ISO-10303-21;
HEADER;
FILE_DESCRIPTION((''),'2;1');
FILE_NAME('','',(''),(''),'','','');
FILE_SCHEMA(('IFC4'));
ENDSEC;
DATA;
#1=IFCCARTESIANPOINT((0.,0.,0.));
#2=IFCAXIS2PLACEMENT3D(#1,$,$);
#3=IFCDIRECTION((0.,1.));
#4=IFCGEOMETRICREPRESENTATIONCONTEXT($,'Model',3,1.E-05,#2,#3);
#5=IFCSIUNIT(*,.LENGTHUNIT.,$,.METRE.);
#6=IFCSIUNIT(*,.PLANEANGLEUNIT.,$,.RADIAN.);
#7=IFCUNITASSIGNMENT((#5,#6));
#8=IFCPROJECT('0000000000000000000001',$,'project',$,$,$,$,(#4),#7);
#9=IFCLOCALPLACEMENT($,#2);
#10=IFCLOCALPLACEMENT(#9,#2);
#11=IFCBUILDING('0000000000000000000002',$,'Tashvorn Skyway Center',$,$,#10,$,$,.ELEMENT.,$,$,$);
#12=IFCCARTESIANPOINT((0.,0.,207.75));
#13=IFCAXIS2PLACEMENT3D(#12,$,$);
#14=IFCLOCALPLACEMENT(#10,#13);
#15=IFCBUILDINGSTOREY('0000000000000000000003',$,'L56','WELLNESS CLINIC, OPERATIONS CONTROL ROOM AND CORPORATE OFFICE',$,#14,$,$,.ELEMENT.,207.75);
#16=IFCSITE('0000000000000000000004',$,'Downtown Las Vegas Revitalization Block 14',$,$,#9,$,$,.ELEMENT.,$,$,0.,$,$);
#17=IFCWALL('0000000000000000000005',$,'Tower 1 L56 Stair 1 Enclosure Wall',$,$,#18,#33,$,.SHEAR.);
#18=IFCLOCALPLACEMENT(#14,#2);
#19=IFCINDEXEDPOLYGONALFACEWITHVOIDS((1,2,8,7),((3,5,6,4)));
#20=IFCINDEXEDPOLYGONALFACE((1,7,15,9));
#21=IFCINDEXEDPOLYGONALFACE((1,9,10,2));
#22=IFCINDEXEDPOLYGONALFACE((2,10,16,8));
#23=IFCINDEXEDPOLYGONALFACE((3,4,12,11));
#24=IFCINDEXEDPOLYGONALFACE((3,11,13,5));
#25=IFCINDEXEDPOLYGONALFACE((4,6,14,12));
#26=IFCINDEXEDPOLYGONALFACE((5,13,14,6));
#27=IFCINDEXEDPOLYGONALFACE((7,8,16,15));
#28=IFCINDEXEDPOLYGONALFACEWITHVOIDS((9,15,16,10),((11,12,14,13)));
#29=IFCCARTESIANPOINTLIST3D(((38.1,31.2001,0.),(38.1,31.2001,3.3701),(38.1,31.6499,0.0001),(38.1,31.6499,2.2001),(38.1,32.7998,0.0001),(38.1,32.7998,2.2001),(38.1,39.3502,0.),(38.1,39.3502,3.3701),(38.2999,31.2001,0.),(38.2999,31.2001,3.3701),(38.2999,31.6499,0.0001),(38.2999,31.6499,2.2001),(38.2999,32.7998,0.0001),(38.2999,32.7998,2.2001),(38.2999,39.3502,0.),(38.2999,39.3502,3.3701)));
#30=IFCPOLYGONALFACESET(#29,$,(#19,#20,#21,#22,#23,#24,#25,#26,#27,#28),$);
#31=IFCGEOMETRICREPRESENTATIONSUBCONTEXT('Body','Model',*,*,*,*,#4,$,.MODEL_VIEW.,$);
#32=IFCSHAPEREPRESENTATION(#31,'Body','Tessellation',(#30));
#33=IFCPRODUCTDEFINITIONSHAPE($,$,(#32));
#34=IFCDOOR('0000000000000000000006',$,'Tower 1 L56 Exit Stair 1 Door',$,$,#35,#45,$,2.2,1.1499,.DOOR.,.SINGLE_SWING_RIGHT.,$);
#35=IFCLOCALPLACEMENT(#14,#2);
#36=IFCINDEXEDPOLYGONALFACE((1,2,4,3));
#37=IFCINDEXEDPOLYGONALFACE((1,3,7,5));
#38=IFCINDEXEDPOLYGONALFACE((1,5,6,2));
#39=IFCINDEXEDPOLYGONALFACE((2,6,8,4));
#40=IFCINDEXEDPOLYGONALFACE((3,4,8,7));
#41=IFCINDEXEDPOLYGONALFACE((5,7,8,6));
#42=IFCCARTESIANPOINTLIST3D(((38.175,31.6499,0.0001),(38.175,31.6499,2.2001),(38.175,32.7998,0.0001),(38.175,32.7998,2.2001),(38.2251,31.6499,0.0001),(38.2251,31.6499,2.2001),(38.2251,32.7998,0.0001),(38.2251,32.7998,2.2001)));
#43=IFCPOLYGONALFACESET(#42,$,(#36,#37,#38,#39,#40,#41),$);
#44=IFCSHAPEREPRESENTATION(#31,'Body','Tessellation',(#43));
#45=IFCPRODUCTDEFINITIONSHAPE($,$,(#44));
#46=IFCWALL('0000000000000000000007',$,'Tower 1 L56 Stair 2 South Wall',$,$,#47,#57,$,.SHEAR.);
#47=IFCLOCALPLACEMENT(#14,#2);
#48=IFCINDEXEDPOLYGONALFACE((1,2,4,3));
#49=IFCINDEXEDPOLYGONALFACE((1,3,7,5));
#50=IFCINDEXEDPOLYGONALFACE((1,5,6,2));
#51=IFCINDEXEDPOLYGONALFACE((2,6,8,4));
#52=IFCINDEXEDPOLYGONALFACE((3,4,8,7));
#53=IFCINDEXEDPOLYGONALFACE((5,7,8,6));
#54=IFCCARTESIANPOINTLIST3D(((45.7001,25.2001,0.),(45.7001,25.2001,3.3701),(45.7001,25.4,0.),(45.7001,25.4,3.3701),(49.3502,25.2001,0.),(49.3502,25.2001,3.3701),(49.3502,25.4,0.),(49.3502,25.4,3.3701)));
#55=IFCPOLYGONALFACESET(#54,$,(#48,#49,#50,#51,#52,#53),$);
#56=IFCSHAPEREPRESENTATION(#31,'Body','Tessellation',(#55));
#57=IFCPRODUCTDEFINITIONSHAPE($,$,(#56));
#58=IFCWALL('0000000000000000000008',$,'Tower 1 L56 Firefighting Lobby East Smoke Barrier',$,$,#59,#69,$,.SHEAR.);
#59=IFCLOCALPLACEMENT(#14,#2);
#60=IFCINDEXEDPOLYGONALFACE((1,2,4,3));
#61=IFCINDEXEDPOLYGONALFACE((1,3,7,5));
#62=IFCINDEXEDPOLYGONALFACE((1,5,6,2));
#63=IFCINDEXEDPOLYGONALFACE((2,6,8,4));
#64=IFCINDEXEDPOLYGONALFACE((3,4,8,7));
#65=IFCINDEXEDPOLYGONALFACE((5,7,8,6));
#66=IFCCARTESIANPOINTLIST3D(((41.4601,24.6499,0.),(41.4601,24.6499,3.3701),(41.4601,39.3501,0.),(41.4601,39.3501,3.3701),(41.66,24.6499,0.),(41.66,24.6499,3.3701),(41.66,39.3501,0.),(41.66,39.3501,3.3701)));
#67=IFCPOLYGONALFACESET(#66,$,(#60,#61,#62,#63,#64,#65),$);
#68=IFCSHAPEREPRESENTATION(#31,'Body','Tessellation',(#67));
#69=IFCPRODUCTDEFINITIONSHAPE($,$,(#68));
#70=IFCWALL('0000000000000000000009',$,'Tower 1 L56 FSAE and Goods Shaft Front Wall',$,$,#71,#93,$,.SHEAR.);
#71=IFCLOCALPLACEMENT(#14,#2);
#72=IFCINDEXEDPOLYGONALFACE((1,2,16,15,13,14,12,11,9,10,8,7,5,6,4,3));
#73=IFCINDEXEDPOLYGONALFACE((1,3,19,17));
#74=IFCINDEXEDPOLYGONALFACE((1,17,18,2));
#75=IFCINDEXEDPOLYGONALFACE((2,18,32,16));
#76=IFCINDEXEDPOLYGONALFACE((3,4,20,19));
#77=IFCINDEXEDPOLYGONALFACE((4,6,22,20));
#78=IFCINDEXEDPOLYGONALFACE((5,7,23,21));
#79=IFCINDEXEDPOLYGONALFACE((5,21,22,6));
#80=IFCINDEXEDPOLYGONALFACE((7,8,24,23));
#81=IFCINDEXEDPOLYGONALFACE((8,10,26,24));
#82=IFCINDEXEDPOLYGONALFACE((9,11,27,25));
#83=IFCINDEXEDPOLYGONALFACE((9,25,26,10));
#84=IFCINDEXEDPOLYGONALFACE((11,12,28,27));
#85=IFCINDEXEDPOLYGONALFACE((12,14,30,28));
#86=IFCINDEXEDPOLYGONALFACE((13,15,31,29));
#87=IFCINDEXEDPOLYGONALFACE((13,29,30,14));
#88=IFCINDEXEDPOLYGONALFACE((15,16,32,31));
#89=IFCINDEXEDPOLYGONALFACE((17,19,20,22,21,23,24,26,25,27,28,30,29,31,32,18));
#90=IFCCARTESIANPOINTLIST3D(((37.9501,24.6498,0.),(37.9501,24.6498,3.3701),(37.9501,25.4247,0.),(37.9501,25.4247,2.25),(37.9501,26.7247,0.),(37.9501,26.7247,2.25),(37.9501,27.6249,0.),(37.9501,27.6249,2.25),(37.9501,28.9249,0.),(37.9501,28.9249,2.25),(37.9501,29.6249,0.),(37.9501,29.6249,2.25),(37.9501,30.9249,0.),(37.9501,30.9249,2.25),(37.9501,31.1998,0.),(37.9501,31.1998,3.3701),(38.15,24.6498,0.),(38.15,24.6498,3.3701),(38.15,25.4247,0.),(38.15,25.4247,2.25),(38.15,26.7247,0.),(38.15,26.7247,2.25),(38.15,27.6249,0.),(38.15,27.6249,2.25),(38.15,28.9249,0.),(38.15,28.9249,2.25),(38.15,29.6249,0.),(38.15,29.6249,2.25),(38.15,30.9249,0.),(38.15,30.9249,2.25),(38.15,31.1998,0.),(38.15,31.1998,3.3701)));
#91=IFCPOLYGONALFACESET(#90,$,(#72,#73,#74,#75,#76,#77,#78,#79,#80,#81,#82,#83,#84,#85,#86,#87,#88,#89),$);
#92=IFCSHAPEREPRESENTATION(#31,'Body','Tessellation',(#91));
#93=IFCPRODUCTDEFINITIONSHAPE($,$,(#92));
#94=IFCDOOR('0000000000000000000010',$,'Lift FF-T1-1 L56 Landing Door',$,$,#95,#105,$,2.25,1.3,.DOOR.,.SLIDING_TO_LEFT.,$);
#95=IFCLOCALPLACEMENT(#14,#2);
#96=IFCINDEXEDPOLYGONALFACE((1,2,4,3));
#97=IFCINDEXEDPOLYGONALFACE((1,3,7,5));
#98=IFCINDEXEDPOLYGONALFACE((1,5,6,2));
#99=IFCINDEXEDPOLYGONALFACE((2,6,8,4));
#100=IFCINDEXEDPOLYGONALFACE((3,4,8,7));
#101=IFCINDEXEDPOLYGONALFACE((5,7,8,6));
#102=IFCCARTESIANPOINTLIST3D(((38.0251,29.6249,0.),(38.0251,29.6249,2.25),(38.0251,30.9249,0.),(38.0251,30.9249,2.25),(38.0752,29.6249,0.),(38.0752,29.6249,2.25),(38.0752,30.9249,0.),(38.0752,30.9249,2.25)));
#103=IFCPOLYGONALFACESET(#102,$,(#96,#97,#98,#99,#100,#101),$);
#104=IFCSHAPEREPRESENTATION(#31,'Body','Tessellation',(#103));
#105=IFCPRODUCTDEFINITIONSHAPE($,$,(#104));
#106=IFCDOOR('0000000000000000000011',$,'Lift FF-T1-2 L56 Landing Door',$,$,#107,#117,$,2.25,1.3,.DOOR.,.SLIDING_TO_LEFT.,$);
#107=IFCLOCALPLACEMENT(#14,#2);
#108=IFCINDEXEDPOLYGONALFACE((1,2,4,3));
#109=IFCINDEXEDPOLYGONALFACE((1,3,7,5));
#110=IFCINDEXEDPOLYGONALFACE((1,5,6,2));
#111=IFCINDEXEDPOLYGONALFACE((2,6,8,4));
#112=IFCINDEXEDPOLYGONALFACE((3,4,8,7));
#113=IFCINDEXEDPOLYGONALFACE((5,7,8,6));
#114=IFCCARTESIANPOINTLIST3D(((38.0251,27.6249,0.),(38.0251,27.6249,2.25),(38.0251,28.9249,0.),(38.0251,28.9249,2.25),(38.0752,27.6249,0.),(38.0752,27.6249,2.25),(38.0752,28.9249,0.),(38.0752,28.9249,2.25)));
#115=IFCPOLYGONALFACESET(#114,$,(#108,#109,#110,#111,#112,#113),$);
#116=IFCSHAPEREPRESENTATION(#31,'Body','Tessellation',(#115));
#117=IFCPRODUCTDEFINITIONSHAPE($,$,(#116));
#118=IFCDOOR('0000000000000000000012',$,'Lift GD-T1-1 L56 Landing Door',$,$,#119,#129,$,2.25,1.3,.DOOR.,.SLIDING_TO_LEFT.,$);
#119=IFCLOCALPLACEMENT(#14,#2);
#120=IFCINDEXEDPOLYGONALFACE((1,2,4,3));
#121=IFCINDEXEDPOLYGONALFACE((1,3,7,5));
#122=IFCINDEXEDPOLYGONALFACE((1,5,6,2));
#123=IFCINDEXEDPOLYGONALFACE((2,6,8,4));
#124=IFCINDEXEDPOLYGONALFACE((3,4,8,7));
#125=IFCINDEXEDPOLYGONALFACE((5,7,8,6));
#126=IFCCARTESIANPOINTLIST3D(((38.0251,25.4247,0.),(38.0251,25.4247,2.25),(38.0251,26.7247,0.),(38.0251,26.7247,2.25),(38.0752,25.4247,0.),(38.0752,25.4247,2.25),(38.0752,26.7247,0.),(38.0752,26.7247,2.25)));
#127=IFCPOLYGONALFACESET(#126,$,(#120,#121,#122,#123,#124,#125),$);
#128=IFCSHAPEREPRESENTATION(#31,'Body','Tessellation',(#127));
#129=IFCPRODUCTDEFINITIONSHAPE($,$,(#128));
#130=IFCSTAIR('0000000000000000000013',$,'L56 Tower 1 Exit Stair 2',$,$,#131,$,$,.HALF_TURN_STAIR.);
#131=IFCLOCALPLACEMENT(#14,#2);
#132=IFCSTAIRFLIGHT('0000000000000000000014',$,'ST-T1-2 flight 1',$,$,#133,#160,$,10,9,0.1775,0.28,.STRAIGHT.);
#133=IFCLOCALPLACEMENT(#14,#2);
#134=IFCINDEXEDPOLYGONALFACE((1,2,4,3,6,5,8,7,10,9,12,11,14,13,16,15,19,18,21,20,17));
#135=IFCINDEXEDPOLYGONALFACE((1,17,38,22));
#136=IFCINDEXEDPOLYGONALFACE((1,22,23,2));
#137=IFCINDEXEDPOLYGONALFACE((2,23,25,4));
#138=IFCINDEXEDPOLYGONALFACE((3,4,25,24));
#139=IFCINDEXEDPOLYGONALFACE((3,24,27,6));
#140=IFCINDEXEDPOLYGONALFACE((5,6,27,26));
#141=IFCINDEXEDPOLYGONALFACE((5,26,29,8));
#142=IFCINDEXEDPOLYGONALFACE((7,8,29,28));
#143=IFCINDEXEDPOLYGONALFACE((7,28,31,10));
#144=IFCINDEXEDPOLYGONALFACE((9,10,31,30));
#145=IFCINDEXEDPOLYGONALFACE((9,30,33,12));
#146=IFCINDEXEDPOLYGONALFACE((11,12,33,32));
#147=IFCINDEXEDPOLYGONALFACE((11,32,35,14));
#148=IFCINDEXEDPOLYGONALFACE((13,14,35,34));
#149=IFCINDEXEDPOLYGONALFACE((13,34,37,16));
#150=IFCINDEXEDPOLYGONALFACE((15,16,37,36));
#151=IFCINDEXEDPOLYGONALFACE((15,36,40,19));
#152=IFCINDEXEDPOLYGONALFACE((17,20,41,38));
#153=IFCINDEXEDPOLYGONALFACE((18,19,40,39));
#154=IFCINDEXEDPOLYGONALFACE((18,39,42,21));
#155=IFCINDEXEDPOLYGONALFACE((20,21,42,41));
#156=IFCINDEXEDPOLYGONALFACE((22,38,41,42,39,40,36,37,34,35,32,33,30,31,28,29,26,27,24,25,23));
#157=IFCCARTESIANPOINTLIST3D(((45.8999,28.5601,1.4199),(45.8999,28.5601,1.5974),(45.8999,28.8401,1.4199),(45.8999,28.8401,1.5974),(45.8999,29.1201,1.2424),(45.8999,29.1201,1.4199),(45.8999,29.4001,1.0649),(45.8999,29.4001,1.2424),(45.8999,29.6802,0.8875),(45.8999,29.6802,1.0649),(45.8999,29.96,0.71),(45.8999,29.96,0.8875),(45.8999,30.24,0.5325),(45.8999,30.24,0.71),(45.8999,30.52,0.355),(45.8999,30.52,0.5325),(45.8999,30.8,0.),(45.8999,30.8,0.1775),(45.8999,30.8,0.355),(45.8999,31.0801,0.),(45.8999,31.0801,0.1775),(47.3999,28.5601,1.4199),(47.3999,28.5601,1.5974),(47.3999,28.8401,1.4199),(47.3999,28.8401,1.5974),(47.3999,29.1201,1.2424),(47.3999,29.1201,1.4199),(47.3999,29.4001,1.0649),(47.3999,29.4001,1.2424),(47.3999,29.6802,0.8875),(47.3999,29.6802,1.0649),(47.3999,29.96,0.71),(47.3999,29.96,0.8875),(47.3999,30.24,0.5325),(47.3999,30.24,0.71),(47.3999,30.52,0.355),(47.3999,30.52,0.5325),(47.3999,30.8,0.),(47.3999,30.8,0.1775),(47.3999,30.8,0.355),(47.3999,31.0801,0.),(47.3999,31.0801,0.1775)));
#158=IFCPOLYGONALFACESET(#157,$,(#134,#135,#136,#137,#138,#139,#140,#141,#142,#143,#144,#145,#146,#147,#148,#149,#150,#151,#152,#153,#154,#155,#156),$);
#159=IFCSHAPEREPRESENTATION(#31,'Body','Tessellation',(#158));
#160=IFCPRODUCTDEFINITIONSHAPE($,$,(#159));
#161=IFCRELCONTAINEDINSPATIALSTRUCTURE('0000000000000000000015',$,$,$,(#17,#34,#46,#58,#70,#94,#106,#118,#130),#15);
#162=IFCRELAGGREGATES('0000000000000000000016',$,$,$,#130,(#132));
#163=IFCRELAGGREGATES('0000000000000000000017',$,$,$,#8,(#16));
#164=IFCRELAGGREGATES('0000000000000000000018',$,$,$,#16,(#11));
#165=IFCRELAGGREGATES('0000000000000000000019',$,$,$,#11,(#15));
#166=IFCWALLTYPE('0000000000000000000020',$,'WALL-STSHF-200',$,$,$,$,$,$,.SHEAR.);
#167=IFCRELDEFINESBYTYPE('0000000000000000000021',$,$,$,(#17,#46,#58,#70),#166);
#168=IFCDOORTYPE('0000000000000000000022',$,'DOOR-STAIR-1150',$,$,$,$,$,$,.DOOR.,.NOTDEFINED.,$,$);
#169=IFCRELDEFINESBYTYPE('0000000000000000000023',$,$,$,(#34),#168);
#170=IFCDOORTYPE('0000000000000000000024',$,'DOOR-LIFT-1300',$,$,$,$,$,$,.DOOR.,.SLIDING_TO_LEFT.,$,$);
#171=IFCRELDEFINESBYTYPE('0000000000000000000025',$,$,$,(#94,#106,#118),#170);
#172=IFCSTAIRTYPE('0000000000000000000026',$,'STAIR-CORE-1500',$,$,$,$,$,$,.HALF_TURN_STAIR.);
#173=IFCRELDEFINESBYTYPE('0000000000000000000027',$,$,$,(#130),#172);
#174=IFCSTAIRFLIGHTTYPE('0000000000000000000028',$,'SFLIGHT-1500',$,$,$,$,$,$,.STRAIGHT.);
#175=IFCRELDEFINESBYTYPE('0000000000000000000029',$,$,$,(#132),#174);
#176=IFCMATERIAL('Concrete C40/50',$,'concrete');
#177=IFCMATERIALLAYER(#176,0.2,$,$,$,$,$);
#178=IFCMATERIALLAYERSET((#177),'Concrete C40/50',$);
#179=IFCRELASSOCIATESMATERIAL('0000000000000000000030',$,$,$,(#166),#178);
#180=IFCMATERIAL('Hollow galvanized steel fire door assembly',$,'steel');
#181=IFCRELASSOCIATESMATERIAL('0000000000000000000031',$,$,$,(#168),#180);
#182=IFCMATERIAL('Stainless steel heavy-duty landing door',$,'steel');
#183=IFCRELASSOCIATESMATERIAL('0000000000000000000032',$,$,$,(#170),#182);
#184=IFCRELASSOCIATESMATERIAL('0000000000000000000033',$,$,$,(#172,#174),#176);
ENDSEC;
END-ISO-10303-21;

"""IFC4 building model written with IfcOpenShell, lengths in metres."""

from ifc_helpers import new_model, si_unit, direction, frame, frame_2d, origin, place, context, subcontext, project, spatial, polyline, rectangle, outline, extrude, material, layer, layer_set, type_object, element, fill, aggregate, save


model = new_model("IFC4")

# Units and contexts
model_context = context("Model", 3, precision=1e-05, world=origin(), true_north=direction((0.0, 1.0)))
body_context = subcontext(model_context, "Body", "Model", "MODEL_VIEW")
ifc_project = project(units=[si_unit("LENGTHUNIT", "METRE"), si_unit("PLANEANGLEUNIT", "RADIAN")], contexts=[model_context])

# Site, building, storey
site_placement = place(None, origin())
site = spatial("IfcSite", under=ifc_project, at=site_placement, Name="Downtown Las Vegas Revitalization Block 14", CompositionType="ELEMENT", RefElevation=0.0)
building_placement = place(site_placement, origin())
building = spatial("IfcBuilding", under=site, at=building_placement, Name="Tashvorn Skyway Center", CompositionType="ELEMENT")
storey_placement = place(building_placement, frame((0.0, 0.0, 207.75)))
storey = spatial("IfcBuildingStorey", under=building, at=storey_placement, Name="L56", Description="WELLNESS CLINIC, OPERATIONS CONTROL ROOM AND CORPORATE OFFICE", CompositionType="ELEMENT", Elevation=207.75)

# Shared definitions
ifc_material_1 = material(Name="Concrete C40/50", Category="concrete")
ifc_material_2 = material(Name="Hollow galvanized steel fire door assembly", Category="steel")

# Wall, opening, door
ifc_layer_1 = layer(ifc_material_1, 0.2)
ifc_layer_set_1 = layer_set([ifc_layer_1], Name="Concrete C40/50")
wall_type_1 = type_object("IfcWallType", Name="WALL-STSHF-200", PredefinedType="SHEAR", material=ifc_layer_set_1)
wall_1_placement = place(storey_placement, frame((38.2, 31.2, 0.0), z_axis=(0.0, 0.0, 1.0), x_axis=(0.0, 1.0, 0.0)))
wall_1 = element("IfcWall", 1, at=wall_1_placement, inside=storey, type_object=wall_type_1, Name="Tower 1 L56 Stair 1 Enclosure Wall", PredefinedType="SHEAR", context=body_context, shape_type="SweptSolid", body=[
    extrude(rectangle(XDim=8.1501, YDim=0.2, at=frame_2d((4.0752, 0.0))), origin(), (0.0, 0.0, 1.0), 3.3701),
])
opening_1_placement = place(wall_1_placement, frame((0.45, 0.0, 0.0)))
opening_1 = element("IfcOpeningElement", 2, at=opening_1_placement, cuts=wall_1, PredefinedType="OPENING", context=body_context, shape_type="SweptSolid", body=[
    extrude(rectangle(XDim=1.1499, YDim=2.2, at=frame_2d((0.575, 1.1001))), frame((0.0, 0.1099, 0.0), z_axis=(0.0, -1.0, 0.0), x_axis=(1.0, 0.0, 0.0)), (0.0, 0.0, 1.0), 0.22),
])
door_type_1 = type_object("IfcDoorType", Name="DOOR-STAIR-1150", OperationType="NOTDEFINED", PredefinedType="DOOR", material=ifc_material_2)
door_1_placement = place(opening_1_placement, origin())
door_1 = element("IfcDoor", 3, at=door_1_placement, inside=storey, type_object=door_type_1, Name="Tower 1 L56 Exit Stair 1 Door", OperationType="SINGLE_SWING_RIGHT", OverallHeight=2.2, OverallWidth=1.1499, PredefinedType="DOOR", context=body_context, shape_type="SweptSolid", body=[
    extrude(rectangle(XDim=1.1499, YDim=2.2, at=frame_2d((0.575, 1.1001))), frame((0.0, 0.0249, 0.0), z_axis=(0.0, -1.0, 0.0), x_axis=(1.0, 0.0, 0.0)), (0.0, 0.0, 1.0), 0.05),
])
fill(opening_1, door_1)

# Walls
wall_2_placement = place(storey_placement, frame((45.7, 25.3, 0.0), z_axis=(0.0, 0.0, 1.0), x_axis=(1.0, 0.0, 0.0)))
element("IfcWall", 4, at=wall_2_placement, inside=storey, type_object=wall_type_1, Name="Tower 1 L56 Stair 2 South Wall", PredefinedType="SHEAR", context=body_context, shape_type="SweptSolid", body=[
    extrude(rectangle(XDim=3.6501, YDim=0.2, at=frame_2d((1.8252, 0.0))), origin(), (0.0, 0.0, 1.0), 3.3701),
])
wall_3_placement = place(storey_placement, frame((41.5601, 24.6499, 0.0), z_axis=(0.0, 0.0, 1.0), x_axis=(0.0, 1.0, 0.0)))
element("IfcWall", 5, at=wall_3_placement, inside=storey, type_object=wall_type_1, Name="Tower 1 L56 Firefighting Lobby East Smoke Barrier", PredefinedType="SHEAR", context=body_context, shape_type="SweptSolid", body=[
    extrude(rectangle(XDim=14.7002, YDim=0.2, at=frame_2d((7.3501, 0.0))), origin(), (0.0, 0.0, 1.0), 3.3701),
])

# Wall, openings, doors
wall_4_placement = place(storey_placement, frame((38.05, 24.6499, 0.0), z_axis=(0.0, 0.0, 1.0), x_axis=(0.0, 1.0, 0.0)))
wall_4 = element("IfcWall", 6, at=wall_4_placement, inside=storey, type_object=wall_type_1, Name="Tower 1 L56 FSAE and Goods Shaft Front Wall", PredefinedType="SHEAR", context=body_context, shape_type="SweptSolid", body=[
    extrude(rectangle(XDim=6.55, YDim=0.2, at=frame_2d((3.2749, 0.0))), origin(), (0.0, 0.0, 1.0), 3.3701),
])
opening_2_placement = place(wall_4_placement, frame((4.9751, 0.0, 0.0)))
opening_2 = element("IfcOpeningElement", 7, at=opening_2_placement, cuts=wall_4, PredefinedType="OPENING", context=body_context, shape_type="SweptSolid", body=[
    extrude(rectangle(XDim=1.3, YDim=2.25, at=frame_2d((0.6499, 1.125))), frame((0.0, 0.1099, 0.0), z_axis=(0.0, -1.0, 0.0), x_axis=(1.0, 0.0, 0.0)), (0.0, 0.0, 1.0), 0.22),
])
opening_3_placement = place(wall_4_placement, frame((2.9751, 0.0, 0.0)))
opening_3 = element("IfcOpeningElement", 8, at=opening_3_placement, cuts=wall_4, PredefinedType="OPENING", context=body_context, shape_type="SweptSolid", body=[
    extrude(rectangle(XDim=1.3, YDim=2.25, at=frame_2d((0.6499, 1.125))), frame((0.0, 0.1099, 0.0), z_axis=(0.0, -1.0, 0.0), x_axis=(1.0, 0.0, 0.0)), (0.0, 0.0, 1.0), 0.22),
])
opening_4_placement = place(wall_4_placement, frame((0.7749, 0.0, 0.0)))
opening_4 = element("IfcOpeningElement", 9, at=opening_4_placement, cuts=wall_4, PredefinedType="OPENING", context=body_context, shape_type="SweptSolid", body=[
    extrude(rectangle(XDim=1.3, YDim=2.25, at=frame_2d((0.6499, 1.125))), frame((0.0, 0.1099, 0.0), z_axis=(0.0, -1.0, 0.0), x_axis=(1.0, 0.0, 0.0)), (0.0, 0.0, 1.0), 0.22),
])
ifc_material_3 = material(Name="Stainless steel heavy-duty landing door", Category="steel")
door_type_2 = type_object("IfcDoorType", Name="DOOR-LIFT-1300", OperationType="SLIDING_TO_LEFT", PredefinedType="DOOR", material=ifc_material_3)
door_2_placement = place(opening_2_placement, origin())
door_2 = element("IfcDoor", 10, at=door_2_placement, inside=storey, type_object=door_type_2, Name="Lift FF-T1-1 L56 Landing Door", OperationType="SLIDING_TO_LEFT", OverallHeight=2.25, OverallWidth=1.3, PredefinedType="DOOR", context=body_context, shape_type="SweptSolid", body=[
    extrude(rectangle(XDim=1.3, YDim=2.25, at=frame_2d((0.6499, 1.125))), frame((0.0, 0.0249, 0.0), z_axis=(0.0, -1.0, 0.0), x_axis=(1.0, 0.0, 0.0)), (0.0, 0.0, 1.0), 0.05),
])
fill(opening_2, door_2)
door_3_placement = place(opening_3_placement, origin())
door_3 = element("IfcDoor", 11, at=door_3_placement, inside=storey, type_object=door_type_2, Name="Lift FF-T1-2 L56 Landing Door", OperationType="SLIDING_TO_LEFT", OverallHeight=2.25, OverallWidth=1.3, PredefinedType="DOOR", context=body_context, shape_type="SweptSolid", body=[
    extrude(rectangle(XDim=1.3, YDim=2.25, at=frame_2d((0.6499, 1.125))), frame((0.0, 0.0249, 0.0), z_axis=(0.0, -1.0, 0.0), x_axis=(1.0, 0.0, 0.0)), (0.0, 0.0, 1.0), 0.05),
])
fill(opening_3, door_3)
door_4_placement = place(opening_4_placement, origin())
door_4 = element("IfcDoor", 12, at=door_4_placement, inside=storey, type_object=door_type_2, Name="Lift GD-T1-1 L56 Landing Door", OperationType="SLIDING_TO_LEFT", OverallHeight=2.25, OverallWidth=1.3, PredefinedType="DOOR", context=body_context, shape_type="SweptSolid", body=[
    extrude(rectangle(XDim=1.3, YDim=2.25, at=frame_2d((0.6499, 1.125))), frame((0.0, 0.0249, 0.0), z_axis=(0.0, -1.0, 0.0), x_axis=(1.0, 0.0, 0.0)), (0.0, 0.0, 1.0), 0.05),
])
fill(opening_4, door_4)

# Stair, stair flight
stair_type = type_object("IfcStairType", Name="STAIR-CORE-1500", PredefinedType="HALF_TURN_STAIR", material=ifc_material_1)
stair_placement = place(storey_placement, origin())
stair = element("IfcStair", 13, at=stair_placement, inside=storey, type_object=stair_type, Name="L56 Tower 1 Exit Stair 2", PredefinedType="HALF_TURN_STAIR")
stair_flight_type = type_object("IfcStairFlightType", Name="SFLIGHT-1500", PredefinedType="STRAIGHT", material=ifc_material_1)
stair_flight_placement = place(storey_placement, frame((46.6499, 31.0801, 0.0), z_axis=(0.0, 0.0, 1.0), x_axis=(0.0, -1.0, 0.0)))
stair_flight = element("IfcStairFlight", 14, at=stair_flight_placement, type_object=stair_flight_type, Name="ST-T1-2 flight 1", NumberOfRisers=10, NumberOfTreads=9, PredefinedType="STRAIGHT", RiserHeight=0.1775, TreadLength=0.28, context=body_context, shape_type="SweptSolid", body=[
    extrude(outline(polyline([(0.0, 0.0), (0.0, 0.1775), (0.28, 0.1775), (0.28, 0.355), (0.5601, 0.355), (0.5601, 0.5325), (0.8401, 0.5325), (0.8401, 0.71), (1.1201, 0.71), (1.1201, 0.8875), (1.3999, 0.8875), (1.3999, 1.0649), (1.6799, 1.0649), (1.6799, 1.2424), (1.96, 1.2424), (1.96, 1.4199), (2.24, 1.4199), (2.24, 1.5974), (2.52, 1.5974), (2.52, 1.7749), (2.52, 1.4199), (0.28, 0.0), (0.0, 0.0)])), frame((0.0, 0.75, 0.0), z_axis=(0.0, -1.0, 0.0), x_axis=(1.0, 0.0, 0.0)), (0.0, 0.0, 1.0), 1.5),
])
aggregate(stair, [stair_flight])

save(model, "model.ifc")
